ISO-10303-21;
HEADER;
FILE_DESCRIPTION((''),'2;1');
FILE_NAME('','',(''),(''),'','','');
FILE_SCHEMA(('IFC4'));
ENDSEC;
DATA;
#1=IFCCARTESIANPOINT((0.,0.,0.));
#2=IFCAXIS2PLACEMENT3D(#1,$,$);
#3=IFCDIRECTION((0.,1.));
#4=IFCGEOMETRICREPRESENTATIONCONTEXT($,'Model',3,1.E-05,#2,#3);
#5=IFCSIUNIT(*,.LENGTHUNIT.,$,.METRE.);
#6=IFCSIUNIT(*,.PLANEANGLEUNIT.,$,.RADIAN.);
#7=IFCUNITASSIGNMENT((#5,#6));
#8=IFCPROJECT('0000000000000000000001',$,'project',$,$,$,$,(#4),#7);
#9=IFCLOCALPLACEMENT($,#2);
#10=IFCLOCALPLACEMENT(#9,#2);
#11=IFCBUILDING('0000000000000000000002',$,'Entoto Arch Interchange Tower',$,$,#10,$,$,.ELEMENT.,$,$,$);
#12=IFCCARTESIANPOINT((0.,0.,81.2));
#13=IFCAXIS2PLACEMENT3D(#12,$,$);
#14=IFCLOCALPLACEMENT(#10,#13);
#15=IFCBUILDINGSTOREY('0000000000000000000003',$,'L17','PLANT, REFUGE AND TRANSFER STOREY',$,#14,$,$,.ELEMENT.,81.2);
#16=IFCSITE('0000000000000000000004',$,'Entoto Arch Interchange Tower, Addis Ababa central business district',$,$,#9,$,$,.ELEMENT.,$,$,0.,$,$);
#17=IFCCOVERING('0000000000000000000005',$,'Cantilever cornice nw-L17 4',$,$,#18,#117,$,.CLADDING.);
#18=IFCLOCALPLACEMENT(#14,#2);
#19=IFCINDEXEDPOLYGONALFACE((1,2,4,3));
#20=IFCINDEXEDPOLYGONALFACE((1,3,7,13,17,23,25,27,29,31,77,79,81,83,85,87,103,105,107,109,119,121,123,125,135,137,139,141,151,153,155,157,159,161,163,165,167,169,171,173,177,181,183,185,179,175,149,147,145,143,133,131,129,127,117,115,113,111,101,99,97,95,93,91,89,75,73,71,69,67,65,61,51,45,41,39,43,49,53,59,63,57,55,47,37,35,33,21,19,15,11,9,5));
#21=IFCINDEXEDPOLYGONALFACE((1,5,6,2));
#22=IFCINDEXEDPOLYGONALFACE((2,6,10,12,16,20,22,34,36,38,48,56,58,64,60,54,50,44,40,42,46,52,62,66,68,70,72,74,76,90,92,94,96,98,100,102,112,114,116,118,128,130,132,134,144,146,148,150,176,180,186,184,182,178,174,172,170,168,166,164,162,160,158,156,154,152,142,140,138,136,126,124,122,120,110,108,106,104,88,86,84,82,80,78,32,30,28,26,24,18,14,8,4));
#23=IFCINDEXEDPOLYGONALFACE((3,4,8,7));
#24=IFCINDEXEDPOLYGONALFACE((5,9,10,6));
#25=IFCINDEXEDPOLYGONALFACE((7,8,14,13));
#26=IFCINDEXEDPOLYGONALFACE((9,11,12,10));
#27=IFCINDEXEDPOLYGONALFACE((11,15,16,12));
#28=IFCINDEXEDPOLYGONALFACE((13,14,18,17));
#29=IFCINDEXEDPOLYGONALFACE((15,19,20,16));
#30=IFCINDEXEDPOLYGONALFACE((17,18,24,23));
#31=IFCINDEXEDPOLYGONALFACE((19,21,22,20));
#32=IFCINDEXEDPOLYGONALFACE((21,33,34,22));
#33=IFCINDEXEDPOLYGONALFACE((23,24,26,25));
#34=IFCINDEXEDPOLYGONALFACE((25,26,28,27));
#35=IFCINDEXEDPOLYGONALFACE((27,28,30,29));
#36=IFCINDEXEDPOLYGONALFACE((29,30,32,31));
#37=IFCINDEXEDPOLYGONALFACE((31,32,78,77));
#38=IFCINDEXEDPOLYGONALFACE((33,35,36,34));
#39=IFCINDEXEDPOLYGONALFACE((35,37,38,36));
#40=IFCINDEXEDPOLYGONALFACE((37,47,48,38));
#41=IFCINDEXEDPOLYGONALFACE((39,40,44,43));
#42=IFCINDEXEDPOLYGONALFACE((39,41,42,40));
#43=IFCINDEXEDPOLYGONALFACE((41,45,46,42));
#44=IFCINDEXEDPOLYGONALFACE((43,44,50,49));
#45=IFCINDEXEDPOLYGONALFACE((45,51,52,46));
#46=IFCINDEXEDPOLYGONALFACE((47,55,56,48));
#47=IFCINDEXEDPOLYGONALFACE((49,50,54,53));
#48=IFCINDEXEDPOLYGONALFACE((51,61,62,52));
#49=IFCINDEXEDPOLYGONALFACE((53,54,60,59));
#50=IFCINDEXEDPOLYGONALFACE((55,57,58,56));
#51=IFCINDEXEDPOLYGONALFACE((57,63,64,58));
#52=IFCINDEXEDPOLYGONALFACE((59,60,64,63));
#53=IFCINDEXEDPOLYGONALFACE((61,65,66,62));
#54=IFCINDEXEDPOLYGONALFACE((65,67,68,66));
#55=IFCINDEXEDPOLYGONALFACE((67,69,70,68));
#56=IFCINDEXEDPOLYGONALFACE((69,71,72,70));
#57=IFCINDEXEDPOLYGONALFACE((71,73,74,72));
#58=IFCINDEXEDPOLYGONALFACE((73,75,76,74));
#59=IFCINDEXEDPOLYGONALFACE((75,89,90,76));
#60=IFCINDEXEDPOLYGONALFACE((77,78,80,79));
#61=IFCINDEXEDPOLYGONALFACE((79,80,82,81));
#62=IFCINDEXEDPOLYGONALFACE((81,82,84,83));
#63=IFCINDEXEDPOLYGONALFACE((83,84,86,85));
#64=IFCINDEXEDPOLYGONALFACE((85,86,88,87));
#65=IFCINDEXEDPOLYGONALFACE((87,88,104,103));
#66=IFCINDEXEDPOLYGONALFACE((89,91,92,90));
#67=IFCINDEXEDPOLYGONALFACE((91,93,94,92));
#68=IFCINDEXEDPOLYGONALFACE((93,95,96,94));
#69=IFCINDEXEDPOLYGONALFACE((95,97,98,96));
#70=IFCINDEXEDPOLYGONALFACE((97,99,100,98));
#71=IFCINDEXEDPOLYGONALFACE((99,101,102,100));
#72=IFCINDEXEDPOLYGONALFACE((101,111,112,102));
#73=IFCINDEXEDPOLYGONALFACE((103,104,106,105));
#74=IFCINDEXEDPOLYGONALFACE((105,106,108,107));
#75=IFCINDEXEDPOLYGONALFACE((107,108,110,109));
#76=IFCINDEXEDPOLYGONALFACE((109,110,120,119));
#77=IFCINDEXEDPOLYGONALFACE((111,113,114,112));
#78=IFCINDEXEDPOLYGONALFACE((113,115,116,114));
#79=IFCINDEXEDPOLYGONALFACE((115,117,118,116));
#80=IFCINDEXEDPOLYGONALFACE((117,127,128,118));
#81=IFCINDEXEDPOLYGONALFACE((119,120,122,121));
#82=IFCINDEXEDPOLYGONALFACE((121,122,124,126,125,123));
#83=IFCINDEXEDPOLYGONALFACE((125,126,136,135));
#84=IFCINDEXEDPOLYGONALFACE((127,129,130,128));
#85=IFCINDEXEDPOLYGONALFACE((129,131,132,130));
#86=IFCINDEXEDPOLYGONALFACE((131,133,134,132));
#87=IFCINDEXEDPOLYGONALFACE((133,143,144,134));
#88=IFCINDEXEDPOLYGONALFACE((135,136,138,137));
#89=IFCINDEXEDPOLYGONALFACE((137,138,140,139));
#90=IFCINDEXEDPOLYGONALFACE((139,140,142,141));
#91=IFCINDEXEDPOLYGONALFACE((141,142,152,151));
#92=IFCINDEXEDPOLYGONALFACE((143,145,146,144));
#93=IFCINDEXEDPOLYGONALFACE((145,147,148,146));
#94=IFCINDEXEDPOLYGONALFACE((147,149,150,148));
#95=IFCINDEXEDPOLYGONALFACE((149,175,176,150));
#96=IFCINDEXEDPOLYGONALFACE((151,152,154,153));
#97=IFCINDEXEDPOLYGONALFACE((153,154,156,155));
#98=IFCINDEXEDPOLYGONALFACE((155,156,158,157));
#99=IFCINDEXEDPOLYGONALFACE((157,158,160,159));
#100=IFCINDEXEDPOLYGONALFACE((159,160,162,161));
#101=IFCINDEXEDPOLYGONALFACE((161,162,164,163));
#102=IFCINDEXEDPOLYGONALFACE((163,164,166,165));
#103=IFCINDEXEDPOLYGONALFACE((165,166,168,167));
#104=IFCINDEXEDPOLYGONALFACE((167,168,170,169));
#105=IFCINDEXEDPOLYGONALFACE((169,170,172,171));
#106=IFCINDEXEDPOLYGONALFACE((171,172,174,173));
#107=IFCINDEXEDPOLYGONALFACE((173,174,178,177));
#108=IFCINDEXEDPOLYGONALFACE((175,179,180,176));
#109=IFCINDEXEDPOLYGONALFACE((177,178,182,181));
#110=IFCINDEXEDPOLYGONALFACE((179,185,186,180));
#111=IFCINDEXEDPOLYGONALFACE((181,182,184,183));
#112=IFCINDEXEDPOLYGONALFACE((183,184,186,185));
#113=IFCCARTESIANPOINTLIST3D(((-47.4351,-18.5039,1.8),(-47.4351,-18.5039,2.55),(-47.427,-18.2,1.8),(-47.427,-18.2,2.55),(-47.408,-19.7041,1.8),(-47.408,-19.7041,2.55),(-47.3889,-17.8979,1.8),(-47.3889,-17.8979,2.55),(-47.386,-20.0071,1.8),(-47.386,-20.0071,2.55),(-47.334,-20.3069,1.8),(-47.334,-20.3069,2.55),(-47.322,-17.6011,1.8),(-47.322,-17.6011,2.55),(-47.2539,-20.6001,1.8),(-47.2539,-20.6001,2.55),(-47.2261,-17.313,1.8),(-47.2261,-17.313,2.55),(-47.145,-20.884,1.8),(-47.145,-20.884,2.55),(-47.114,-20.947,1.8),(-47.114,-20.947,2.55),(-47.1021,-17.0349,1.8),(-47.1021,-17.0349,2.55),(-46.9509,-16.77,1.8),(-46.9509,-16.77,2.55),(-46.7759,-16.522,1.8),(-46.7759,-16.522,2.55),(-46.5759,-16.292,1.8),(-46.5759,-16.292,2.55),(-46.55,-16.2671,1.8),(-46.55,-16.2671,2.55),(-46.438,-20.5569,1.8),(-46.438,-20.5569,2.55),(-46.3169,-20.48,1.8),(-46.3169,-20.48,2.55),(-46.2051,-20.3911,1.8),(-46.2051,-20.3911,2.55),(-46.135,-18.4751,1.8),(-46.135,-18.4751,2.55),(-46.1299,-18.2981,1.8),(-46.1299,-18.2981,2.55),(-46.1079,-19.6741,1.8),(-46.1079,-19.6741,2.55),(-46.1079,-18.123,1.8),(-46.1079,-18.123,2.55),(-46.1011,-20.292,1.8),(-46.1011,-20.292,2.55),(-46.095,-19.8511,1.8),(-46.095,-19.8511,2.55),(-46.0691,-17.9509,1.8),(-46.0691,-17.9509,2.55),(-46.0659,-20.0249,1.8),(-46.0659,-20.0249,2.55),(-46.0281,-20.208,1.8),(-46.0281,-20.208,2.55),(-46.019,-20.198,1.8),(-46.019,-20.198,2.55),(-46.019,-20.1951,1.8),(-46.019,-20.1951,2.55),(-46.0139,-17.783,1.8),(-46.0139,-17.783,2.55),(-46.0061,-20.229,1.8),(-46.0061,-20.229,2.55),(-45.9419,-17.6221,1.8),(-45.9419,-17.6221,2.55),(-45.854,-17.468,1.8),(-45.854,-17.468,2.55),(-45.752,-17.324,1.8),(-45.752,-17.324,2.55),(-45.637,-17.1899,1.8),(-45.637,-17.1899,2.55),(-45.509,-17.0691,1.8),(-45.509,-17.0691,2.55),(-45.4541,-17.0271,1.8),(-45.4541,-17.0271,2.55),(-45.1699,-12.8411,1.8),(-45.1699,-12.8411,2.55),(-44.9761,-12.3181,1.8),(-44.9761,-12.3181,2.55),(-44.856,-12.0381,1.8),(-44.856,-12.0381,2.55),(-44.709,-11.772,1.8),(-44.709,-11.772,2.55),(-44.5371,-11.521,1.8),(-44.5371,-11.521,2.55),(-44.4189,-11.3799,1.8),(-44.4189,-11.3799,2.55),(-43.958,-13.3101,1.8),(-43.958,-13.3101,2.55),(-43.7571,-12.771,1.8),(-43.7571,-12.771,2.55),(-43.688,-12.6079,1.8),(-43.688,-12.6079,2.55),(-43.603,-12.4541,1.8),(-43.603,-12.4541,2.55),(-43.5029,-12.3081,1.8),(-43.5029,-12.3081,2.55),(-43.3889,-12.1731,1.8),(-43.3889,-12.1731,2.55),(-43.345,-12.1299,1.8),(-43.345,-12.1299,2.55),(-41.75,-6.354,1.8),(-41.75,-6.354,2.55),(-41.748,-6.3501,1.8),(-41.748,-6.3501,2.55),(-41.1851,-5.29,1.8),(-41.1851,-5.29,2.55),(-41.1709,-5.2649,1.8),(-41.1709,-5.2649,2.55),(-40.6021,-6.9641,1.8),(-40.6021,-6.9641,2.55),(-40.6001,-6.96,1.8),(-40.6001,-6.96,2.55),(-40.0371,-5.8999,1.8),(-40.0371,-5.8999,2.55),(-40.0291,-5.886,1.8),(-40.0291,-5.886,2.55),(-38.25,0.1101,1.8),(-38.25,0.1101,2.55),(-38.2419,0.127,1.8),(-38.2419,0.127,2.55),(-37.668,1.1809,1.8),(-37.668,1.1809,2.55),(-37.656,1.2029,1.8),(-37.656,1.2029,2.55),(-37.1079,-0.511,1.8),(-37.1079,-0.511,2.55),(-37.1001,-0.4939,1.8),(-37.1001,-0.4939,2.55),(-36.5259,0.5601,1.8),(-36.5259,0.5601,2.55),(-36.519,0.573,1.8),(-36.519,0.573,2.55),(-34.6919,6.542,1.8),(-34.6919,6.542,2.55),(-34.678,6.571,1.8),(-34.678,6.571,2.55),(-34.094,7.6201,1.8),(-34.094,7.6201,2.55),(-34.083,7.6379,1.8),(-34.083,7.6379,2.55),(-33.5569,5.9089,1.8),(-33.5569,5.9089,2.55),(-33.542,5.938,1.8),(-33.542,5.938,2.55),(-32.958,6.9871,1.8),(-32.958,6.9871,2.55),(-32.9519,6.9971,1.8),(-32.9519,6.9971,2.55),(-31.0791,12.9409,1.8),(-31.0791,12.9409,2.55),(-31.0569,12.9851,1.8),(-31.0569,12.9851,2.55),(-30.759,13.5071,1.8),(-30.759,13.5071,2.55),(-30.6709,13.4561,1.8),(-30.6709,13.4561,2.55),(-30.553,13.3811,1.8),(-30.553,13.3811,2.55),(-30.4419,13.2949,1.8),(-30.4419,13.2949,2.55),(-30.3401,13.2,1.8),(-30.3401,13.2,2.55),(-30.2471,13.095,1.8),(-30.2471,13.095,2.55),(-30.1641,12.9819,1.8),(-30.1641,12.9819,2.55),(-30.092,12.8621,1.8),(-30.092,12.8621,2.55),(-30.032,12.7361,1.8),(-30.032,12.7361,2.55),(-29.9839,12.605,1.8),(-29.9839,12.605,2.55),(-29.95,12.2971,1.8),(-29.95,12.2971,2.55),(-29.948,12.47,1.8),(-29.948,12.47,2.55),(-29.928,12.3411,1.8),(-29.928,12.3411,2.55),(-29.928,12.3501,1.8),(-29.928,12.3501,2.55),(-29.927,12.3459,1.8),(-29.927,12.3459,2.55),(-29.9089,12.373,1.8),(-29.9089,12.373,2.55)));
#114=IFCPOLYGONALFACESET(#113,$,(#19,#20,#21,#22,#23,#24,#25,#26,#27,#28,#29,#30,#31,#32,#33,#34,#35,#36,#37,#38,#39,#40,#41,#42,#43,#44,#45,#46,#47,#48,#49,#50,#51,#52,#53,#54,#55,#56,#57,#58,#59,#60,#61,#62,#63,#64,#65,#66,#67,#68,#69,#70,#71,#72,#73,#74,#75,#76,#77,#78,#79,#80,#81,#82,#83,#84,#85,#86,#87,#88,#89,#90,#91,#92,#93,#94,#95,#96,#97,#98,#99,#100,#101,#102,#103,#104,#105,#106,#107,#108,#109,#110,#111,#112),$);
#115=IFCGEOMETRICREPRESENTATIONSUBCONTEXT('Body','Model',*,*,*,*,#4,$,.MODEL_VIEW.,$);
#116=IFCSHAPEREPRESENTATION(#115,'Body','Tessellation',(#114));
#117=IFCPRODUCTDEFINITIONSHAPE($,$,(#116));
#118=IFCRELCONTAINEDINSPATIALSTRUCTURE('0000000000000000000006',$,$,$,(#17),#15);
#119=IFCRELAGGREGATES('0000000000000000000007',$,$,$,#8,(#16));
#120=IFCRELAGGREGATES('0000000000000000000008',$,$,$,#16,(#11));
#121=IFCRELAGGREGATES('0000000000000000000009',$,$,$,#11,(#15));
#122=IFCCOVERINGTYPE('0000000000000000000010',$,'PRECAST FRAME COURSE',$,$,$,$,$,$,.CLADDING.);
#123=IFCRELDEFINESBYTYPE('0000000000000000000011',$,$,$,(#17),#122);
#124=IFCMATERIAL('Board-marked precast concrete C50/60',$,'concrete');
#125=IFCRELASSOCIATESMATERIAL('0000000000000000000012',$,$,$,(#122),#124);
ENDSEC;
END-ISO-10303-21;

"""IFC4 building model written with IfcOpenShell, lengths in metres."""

from ifc_helpers import new_model, si_unit, direction, frame, origin, place, context, subcontext, project, spatial, polyline, outline, extrude, material, type_object, element, save


model = new_model("IFC4")

# Units and contexts
model_context = context("Model", 3, precision=1e-05, world=origin(), true_north=direction((0.0, 1.0)))
body_context = subcontext(model_context, "Body", "Model", "MODEL_VIEW")
ifc_project = project(units=[si_unit("LENGTHUNIT", "METRE"), si_unit("PLANEANGLEUNIT", "RADIAN")], contexts=[model_context])

# Site, building, storey
site_placement = place(None, origin())
site = spatial("IfcSite", under=ifc_project, at=site_placement, Name="Entoto Arch Interchange Tower, Addis Ababa central business district", CompositionType="ELEMENT", RefElevation=0.0)
building_placement = place(site_placement, origin())
building = spatial("IfcBuilding", under=site, at=building_placement, Name="Entoto Arch Interchange Tower", CompositionType="ELEMENT")
storey_placement = place(building_placement, frame((0.0, 0.0, 81.2)))
storey = spatial("IfcBuildingStorey", under=building, at=storey_placement, Name="L17", Description="PLANT, REFUGE AND TRANSFER STOREY", CompositionType="ELEMENT", Elevation=81.2)

# Covering
ifc_material_1 = material(Name="Board-marked precast concrete C50/60", Category="concrete")
covering_type = type_object("IfcCoveringType", Name="PRECAST FRAME COURSE", PredefinedType="CLADDING", material=ifc_material_1)
covering_1_placement = place(storey_placement, frame((0.0, 0.0, 1.8)))
element("IfcCovering", 1, at=covering_1_placement, inside=storey, type_object=covering_type, Name="Cantilever cornice nw-L17 4", PredefinedType="CLADDING", context=body_context, shape_type="SweptSolid", body=[
    extrude(outline(polyline([(-46.1011, -20.292), (-46.2051, -20.3911), (-46.3169, -20.48), (-46.438, -20.5569), (-47.114, -20.947), (-47.145, -20.884), (-47.2539, -20.6001), (-47.334, -20.3069), (-47.386, -20.0071), (-47.408, -19.7041), (-47.4351, -18.5039), (-47.427, -18.2), (-47.3889, -17.8979), (-47.322, -17.6011), (-47.2261, -17.313), (-47.1021, -17.0349), (-46.9509, -16.77), (-46.7759, -16.522), (-46.5759, -16.292), (-46.55, -16.2671), (-45.1699, -12.8411), (-44.9761, -12.3181), (-44.856, -12.0381), (-44.709, -11.772), (-44.5371, -11.521), (-44.4189, -11.3799), (-41.75, -6.354), (-41.748, -6.3501), (-41.1851, -5.29), (-41.1709, -5.2649), (-38.25, 0.1101), (-38.2419, 0.127), (-37.668, 1.1809), (-37.656, 1.2029), (-34.6919, 6.542), (-34.678, 6.571), (-34.094, 7.6201), (-34.083, 7.6379), (-31.0791, 12.9409), (-31.0569, 12.9851), (-30.759, 13.5071), (-30.6709, 13.4561), (-30.553, 13.3811), (-30.4419, 13.2949), (-30.3401, 13.2), (-30.2471, 13.095), (-30.1641, 12.9819), (-30.092, 12.8621), (-30.032, 12.7361), (-29.9839, 12.605), (-29.948, 12.47), (-29.928, 12.3501), (-29.927, 12.3459), (-29.9089, 12.373), (-29.928, 12.3411), (-29.95, 12.2971), (-32.9519, 6.9971), (-32.958, 6.9871), (-33.542, 5.938), (-33.5569, 5.9089), (-36.519, 0.573), (-36.5259, 0.5601), (-37.1001, -0.4939), (-37.1079, -0.511), (-40.0291, -5.886), (-40.0371, -5.8999), (-40.6001, -6.96), (-40.6021, -6.9641), (-43.345, -12.1299), (-43.3889, -12.1731), (-43.5029, -12.3081), (-43.603, -12.4541), (-43.688, -12.6079), (-43.7571, -12.771), (-43.958, -13.3101), (-45.4541, -17.0271), (-45.509, -17.0691), (-45.637, -17.1899), (-45.752, -17.324), (-45.854, -17.468), (-45.9419, -17.6221), (-46.0139, -17.783), (-46.0691, -17.9509), (-46.1079, -18.123), (-46.1299, -18.2981), (-46.135, -18.4751), (-46.1079, -19.6741), (-46.095, -19.8511), (-46.0659, -20.0249), (-46.019, -20.1951), (-46.0061, -20.229), (-46.019, -20.198), (-46.0281, -20.208), (-46.1011, -20.292)])), origin(), (0.0, 0.0, 1.0), 0.75),
])

save(model, "model.ifc")
